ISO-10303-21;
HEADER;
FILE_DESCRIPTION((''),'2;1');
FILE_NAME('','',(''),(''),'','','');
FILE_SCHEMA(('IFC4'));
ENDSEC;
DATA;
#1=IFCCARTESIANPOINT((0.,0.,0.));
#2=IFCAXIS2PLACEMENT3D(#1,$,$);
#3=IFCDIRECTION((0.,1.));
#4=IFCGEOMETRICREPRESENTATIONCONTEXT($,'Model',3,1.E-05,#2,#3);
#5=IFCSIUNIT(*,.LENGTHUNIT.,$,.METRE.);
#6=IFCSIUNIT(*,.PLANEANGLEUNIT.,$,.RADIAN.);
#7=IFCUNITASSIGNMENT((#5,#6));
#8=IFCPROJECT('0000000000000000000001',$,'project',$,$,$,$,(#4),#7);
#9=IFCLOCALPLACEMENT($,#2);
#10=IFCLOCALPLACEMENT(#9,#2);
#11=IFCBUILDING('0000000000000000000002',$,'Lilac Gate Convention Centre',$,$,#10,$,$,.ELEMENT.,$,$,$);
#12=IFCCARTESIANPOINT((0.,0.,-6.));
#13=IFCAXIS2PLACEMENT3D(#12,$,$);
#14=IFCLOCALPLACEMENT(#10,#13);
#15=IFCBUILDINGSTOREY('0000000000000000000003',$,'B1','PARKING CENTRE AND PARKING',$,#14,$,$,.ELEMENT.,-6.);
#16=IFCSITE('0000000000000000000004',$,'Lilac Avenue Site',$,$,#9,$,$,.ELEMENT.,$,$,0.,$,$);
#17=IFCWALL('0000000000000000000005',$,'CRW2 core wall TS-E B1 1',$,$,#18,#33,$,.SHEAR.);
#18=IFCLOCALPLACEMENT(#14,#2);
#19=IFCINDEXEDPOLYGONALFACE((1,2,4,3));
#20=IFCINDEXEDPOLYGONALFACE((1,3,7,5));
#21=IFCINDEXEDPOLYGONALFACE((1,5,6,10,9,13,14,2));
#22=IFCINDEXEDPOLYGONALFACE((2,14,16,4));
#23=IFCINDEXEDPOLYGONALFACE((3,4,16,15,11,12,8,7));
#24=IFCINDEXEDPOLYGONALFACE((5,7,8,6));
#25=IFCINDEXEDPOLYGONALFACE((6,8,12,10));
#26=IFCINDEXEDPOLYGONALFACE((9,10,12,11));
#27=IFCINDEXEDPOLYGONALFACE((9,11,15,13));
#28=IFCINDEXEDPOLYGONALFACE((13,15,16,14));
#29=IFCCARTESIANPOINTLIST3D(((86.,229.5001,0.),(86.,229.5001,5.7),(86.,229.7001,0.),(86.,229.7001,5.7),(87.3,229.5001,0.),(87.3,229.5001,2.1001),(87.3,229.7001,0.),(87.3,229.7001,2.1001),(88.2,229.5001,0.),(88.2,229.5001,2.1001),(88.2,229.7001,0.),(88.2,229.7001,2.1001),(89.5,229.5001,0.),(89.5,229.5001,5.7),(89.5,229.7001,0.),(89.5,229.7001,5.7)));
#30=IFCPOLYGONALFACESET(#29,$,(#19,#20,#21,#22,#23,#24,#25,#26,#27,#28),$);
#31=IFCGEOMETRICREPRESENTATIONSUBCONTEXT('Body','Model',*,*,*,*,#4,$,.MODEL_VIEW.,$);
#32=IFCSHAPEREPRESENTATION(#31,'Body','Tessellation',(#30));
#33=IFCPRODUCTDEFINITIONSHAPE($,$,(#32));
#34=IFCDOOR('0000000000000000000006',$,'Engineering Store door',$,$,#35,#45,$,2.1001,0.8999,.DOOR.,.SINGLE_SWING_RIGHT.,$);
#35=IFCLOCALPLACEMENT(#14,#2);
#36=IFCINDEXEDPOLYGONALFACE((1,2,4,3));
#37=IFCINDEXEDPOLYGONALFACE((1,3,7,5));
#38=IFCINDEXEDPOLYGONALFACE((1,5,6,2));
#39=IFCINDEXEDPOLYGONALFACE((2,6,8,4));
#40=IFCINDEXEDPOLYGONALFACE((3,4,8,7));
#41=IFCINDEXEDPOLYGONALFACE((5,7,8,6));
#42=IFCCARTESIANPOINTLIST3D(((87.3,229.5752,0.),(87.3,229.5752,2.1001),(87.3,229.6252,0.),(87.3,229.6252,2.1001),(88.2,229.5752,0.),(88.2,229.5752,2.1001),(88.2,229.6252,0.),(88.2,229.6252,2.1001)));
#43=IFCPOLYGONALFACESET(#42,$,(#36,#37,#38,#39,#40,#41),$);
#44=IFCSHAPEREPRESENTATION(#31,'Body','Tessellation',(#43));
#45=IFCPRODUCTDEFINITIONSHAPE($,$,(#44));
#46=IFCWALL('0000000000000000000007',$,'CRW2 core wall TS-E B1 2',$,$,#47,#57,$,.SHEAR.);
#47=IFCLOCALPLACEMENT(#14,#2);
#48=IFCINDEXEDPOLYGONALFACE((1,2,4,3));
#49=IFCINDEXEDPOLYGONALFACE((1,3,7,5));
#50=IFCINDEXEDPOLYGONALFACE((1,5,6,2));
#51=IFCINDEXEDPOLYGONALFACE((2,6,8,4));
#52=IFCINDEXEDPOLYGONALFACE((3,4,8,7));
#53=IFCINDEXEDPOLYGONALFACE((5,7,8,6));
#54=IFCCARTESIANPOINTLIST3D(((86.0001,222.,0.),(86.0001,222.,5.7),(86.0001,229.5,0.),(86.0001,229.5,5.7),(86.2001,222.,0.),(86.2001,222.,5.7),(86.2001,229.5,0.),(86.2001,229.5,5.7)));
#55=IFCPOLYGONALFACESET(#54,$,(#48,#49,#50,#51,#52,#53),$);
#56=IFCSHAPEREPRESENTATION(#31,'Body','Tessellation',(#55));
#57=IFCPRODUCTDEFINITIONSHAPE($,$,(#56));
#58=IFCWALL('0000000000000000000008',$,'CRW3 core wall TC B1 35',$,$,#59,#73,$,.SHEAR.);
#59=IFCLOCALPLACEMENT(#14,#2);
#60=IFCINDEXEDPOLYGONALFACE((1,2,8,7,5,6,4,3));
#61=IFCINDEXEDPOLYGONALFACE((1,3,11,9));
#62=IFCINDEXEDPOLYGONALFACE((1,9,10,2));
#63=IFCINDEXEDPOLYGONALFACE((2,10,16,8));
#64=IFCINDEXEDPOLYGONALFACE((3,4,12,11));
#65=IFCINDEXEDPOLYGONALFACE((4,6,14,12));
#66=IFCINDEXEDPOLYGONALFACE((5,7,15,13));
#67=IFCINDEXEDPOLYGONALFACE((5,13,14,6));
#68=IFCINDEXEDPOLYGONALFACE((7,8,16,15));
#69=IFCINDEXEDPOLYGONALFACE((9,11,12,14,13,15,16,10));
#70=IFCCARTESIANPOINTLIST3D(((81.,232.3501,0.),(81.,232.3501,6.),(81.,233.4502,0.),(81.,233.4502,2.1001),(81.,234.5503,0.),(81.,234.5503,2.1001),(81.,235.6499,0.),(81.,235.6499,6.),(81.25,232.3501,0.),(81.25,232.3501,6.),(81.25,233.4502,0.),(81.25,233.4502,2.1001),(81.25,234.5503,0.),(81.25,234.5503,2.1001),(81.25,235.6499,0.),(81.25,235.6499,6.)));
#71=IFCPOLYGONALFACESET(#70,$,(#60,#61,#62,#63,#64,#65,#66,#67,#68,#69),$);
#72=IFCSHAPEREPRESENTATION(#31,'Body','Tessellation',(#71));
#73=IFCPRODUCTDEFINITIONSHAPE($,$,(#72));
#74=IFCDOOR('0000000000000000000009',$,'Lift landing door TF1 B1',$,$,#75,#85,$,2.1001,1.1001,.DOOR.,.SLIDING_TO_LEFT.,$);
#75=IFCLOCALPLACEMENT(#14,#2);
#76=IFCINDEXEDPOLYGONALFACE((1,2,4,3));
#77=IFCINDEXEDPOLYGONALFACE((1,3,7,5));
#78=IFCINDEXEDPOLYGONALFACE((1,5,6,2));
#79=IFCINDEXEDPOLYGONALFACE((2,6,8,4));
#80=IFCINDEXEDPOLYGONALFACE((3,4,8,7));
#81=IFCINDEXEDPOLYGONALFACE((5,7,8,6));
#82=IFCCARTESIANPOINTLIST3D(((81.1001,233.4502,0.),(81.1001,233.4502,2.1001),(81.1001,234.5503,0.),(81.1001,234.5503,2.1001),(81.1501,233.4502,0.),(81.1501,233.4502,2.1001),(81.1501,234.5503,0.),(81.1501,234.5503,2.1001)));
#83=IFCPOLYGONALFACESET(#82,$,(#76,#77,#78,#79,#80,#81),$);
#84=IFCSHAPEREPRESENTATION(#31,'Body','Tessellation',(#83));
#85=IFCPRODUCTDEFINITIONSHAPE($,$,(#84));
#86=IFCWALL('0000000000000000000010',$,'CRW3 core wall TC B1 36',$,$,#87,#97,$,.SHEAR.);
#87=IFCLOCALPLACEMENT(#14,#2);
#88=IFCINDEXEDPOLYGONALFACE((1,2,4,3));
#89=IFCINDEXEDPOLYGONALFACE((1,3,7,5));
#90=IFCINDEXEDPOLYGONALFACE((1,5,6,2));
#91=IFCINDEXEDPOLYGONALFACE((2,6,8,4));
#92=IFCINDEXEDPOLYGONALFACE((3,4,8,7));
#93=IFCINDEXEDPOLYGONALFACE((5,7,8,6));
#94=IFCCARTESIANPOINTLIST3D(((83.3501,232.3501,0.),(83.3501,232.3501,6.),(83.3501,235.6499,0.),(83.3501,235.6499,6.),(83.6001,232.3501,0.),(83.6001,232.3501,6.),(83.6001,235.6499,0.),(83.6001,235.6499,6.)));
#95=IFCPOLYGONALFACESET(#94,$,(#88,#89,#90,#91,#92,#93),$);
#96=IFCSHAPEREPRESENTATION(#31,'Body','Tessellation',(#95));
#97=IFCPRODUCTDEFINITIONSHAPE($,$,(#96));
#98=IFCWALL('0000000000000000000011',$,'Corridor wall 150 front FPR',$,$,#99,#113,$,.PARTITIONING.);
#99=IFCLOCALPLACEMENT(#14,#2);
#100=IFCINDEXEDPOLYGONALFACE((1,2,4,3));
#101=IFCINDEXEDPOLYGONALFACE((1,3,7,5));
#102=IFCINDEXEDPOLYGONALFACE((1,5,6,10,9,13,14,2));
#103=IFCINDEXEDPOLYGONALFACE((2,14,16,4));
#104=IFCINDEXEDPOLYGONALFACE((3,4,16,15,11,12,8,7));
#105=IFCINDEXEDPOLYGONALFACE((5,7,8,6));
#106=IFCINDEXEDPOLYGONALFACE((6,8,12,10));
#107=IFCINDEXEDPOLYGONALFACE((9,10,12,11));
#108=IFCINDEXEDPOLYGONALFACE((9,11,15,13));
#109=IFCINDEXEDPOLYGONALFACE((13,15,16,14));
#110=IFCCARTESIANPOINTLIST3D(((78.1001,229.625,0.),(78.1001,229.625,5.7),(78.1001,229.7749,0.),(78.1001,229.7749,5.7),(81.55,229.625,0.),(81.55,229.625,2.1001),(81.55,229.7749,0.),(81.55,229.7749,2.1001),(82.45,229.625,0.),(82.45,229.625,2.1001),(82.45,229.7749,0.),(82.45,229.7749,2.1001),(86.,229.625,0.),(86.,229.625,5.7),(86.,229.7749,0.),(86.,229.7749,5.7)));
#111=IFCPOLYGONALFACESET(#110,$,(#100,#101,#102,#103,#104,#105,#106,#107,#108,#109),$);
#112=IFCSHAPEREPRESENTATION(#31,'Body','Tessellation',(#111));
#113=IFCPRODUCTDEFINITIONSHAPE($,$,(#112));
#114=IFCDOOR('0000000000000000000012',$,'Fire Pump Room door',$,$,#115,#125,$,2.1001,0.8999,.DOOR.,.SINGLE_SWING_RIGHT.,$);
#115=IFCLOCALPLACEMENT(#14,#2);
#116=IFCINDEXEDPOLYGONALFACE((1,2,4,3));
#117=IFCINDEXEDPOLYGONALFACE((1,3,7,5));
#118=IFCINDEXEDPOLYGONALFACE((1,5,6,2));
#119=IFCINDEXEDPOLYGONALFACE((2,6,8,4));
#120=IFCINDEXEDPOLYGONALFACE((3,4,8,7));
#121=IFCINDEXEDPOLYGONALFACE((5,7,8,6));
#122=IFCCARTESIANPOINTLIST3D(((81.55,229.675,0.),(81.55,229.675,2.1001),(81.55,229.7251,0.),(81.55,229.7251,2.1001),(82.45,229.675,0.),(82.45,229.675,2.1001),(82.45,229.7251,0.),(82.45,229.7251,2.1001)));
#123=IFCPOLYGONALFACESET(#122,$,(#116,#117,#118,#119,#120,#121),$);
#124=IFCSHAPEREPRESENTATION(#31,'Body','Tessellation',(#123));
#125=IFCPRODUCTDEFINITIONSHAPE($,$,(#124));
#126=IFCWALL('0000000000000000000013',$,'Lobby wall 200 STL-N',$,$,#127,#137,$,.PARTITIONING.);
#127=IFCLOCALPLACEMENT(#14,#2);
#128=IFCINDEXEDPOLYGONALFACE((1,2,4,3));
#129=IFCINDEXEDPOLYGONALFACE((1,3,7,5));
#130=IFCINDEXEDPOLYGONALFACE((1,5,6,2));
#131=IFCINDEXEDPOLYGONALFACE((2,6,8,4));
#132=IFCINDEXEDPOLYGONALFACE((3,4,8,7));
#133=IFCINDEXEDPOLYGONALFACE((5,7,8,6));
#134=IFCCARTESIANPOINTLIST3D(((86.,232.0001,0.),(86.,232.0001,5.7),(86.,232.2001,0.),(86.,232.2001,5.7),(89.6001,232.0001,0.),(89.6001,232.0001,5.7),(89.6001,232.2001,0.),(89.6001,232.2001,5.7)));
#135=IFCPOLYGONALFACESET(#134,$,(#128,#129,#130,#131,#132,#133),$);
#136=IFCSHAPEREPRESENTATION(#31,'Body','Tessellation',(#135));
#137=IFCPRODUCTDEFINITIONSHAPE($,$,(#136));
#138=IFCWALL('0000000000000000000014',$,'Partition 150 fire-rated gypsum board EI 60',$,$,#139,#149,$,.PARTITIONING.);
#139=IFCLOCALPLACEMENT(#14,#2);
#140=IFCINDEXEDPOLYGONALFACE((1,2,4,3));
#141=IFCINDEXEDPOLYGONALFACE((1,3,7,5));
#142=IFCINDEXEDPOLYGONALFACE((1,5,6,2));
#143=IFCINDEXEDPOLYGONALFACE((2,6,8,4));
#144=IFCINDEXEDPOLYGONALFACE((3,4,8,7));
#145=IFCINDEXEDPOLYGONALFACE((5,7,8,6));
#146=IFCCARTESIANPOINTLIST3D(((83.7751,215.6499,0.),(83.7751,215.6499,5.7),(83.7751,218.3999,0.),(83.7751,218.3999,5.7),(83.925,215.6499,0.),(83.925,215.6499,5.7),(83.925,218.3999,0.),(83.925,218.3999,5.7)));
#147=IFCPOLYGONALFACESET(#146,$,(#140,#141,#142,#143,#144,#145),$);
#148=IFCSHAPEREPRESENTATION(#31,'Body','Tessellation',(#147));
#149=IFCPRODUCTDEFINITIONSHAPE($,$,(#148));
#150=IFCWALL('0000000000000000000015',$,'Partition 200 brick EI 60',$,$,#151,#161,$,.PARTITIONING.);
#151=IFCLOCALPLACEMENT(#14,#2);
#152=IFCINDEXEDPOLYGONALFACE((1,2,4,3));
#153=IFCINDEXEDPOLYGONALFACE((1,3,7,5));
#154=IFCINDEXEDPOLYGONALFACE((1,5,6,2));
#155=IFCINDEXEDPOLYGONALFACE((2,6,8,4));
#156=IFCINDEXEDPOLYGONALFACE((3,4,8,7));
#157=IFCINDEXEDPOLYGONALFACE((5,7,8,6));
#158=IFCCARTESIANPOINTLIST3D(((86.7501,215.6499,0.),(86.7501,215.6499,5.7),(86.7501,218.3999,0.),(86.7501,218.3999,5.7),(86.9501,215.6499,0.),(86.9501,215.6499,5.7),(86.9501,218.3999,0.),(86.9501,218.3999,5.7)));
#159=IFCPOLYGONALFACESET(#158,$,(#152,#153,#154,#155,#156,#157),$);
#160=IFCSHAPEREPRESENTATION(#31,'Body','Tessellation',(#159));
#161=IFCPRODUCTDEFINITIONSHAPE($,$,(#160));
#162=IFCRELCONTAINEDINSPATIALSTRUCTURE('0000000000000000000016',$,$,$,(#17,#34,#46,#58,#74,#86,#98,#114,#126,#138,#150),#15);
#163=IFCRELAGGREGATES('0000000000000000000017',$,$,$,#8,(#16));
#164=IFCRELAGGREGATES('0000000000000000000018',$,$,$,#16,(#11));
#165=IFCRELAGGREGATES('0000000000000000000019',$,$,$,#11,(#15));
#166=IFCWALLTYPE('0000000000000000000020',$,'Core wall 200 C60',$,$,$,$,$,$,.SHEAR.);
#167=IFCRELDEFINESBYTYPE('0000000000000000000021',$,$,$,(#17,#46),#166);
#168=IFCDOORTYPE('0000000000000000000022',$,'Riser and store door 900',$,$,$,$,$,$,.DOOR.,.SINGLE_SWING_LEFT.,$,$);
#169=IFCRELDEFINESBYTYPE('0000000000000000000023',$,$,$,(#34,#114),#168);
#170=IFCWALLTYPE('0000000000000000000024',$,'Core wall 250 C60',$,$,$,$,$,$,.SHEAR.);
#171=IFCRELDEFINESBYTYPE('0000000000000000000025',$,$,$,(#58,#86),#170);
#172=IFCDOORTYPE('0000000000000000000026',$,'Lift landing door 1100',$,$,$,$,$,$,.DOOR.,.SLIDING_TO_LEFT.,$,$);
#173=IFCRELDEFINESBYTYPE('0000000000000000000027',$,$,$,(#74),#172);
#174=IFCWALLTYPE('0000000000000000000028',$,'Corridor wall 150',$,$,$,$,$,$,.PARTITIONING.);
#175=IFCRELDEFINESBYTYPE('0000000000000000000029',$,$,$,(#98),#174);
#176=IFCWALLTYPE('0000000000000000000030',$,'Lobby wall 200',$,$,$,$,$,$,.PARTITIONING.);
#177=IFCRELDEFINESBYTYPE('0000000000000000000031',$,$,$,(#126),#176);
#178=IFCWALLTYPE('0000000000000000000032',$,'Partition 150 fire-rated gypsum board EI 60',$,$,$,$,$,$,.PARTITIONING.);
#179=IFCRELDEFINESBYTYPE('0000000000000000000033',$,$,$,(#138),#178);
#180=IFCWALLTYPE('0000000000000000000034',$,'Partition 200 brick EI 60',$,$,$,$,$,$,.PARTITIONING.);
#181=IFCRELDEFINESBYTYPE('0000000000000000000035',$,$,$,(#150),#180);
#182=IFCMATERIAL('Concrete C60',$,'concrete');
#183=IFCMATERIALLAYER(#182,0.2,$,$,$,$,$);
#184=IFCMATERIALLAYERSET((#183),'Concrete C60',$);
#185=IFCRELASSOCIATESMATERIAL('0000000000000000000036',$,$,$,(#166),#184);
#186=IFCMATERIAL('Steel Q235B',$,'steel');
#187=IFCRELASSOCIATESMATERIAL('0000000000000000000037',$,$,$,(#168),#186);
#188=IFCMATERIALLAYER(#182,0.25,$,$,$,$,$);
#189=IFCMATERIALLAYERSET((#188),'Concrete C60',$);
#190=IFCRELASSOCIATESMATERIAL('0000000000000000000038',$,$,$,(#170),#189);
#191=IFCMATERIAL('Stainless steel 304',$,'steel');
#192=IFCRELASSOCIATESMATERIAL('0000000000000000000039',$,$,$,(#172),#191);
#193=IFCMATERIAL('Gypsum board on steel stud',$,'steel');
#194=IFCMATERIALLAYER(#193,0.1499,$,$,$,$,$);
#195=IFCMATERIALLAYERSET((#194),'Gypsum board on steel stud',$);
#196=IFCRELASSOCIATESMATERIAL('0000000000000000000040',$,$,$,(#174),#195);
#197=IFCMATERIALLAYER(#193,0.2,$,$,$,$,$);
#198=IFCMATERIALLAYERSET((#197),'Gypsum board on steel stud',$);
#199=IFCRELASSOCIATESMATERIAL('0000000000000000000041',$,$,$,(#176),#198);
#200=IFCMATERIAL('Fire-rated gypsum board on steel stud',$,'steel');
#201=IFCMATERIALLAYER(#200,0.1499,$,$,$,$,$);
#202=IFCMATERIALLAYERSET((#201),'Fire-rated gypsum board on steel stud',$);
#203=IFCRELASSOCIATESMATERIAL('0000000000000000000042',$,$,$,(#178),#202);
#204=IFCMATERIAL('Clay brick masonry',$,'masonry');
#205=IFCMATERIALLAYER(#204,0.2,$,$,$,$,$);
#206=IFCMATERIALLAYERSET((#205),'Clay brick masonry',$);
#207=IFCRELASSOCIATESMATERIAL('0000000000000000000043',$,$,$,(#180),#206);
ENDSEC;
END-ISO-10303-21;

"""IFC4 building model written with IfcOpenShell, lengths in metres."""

from ifc_helpers import new_model, si_unit, direction, frame, frame_2d, origin, place, context, subcontext, project, spatial, rectangle, extrude, material, layer, layer_set, type_object, element, fill, save


model = new_model("IFC4")

# Units and contexts
model_context = context("Model", 3, precision=1e-05, world=origin(), true_north=direction((0.0, 1.0)))
body_context = subcontext(model_context, "Body", "Model", "MODEL_VIEW")
ifc_project = project(units=[si_unit("LENGTHUNIT", "METRE"), si_unit("PLANEANGLEUNIT", "RADIAN")], contexts=[model_context])

# Site, building, storey
site_placement = place(None, origin())
site = spatial("IfcSite", under=ifc_project, at=site_placement, Name="Lilac Avenue Site", CompositionType="ELEMENT", RefElevation=0.0)
building_placement = place(site_placement, origin())
building = spatial("IfcBuilding", under=site, at=building_placement, Name="Lilac Gate Convention Centre", CompositionType="ELEMENT")
storey_placement = place(building_placement, frame((0.0, 0.0, -6.0)))
storey = spatial("IfcBuildingStorey", under=building, at=storey_placement, Name="B1", Description="PARKING CENTRE AND PARKING", CompositionType="ELEMENT", Elevation=-6.0)

# Shared definitions
ifc_material_1 = material(Name="Concrete C60", Category="concrete")

# Wall, opening, door
ifc_layer_1 = layer(ifc_material_1, 0.2)
ifc_layer_set_1 = layer_set([ifc_layer_1], Name="Concrete C60")
wall_type_1 = type_object("IfcWallType", Name="Core wall 200 C60", PredefinedType="SHEAR", material=ifc_layer_set_1)
wall_1_placement = place(storey_placement, frame((89.5, 229.6001, 0.0), z_axis=(0.0, 0.0, 1.0), x_axis=(-1.0, 0.0, 0.0)))
wall_1 = element("IfcWall", 1, at=wall_1_placement, inside=storey, type_object=wall_type_1, Name="CRW2 core wall TS-E B1 1", PredefinedType="SHEAR", context=body_context, shape_type="SweptSolid", body=[
    extrude(rectangle(XDim=3.5, YDim=0.2, at=frame_2d((1.75, 0.0))), origin(), (0.0, 0.0, 1.0), 5.7),
])
opening_1_placement = place(wall_1_placement, frame((1.3, 0.0, 0.0)))
opening_1 = element("IfcOpeningElement", 2, at=opening_1_placement, cuts=wall_1, PredefinedType="OPENING", context=body_context, shape_type="SweptSolid", body=[
    extrude(rectangle(XDim=0.8999, YDim=2.1001, at=frame_2d((0.45, 1.05))), frame((0.0, 0.1099, 0.0), z_axis=(0.0, -1.0, 0.0), x_axis=(1.0, 0.0, 0.0)), (0.0, 0.0, 1.0), 0.22),
])
ifc_material_2 = material(Name="Steel Q235B", Category="steel")
door_type_1 = type_object("IfcDoorType", Name="Riser and store door 900", OperationType="SINGLE_SWING_LEFT", PredefinedType="DOOR", material=ifc_material_2)
door_1_placement = place(opening_1_placement, origin())
door_1 = element("IfcDoor", 3, at=door_1_placement, inside=storey, type_object=door_type_1, Name="Engineering Store door", OperationType="SINGLE_SWING_RIGHT", OverallHeight=2.1001, OverallWidth=0.8999, PredefinedType="DOOR", context=body_context, shape_type="SweptSolid", body=[
    extrude(rectangle(XDim=0.8999, YDim=2.1001, at=frame_2d((0.45, 1.05))), frame((0.0, 0.0249, 0.0), z_axis=(0.0, -1.0, 0.0), x_axis=(1.0, 0.0, 0.0)), (0.0, 0.0, 1.0), 0.05),
])
fill(opening_1, door_1)

# Wall
wall_2_placement = place(storey_placement, frame((86.1001, 222.0, 0.0), z_axis=(0.0, 0.0, 1.0), x_axis=(0.0, 1.0, 0.0)))
element("IfcWall", 4, at=wall_2_placement, inside=storey, type_object=wall_type_1, Name="CRW2 core wall TS-E B1 2", PredefinedType="SHEAR", context=body_context, shape_type="SweptSolid", body=[
    extrude(rectangle(XDim=7.5, YDim=0.2, at=frame_2d((3.75, 0.0))), origin(), (0.0, 0.0, 1.0), 5.7),
])

# Wall, opening, door
ifc_layer_2 = layer(ifc_material_1, 0.25)
ifc_layer_set_2 = layer_set([ifc_layer_2], Name="Concrete C60")
wall_type_2 = type_object("IfcWallType", Name="Core wall 250 C60", PredefinedType="SHEAR", material=ifc_layer_set_2)
wall_3_placement = place(storey_placement, frame((81.125, 232.3501, 0.0), z_axis=(0.0, 0.0, 1.0), x_axis=(0.0, 1.0, 0.0)))
wall_3 = element("IfcWall", 5, at=wall_3_placement, inside=storey, type_object=wall_type_2, Name="CRW3 core wall TC B1 35", PredefinedType="SHEAR", context=body_context, shape_type="SweptSolid", body=[
    extrude(rectangle(XDim=3.2998, YDim=0.25, at=frame_2d((1.6499, 0.0))), origin(), (0.0, 0.0, 1.0), 6.0),
])
opening_2_placement = place(wall_3_placement, frame((1.1001, 0.0, 0.0)))
opening_2 = element("IfcOpeningElement", 6, at=opening_2_placement, cuts=wall_3, PredefinedType="OPENING", context=body_context, shape_type="SweptSolid", body=[
    extrude(rectangle(XDim=1.1001, YDim=2.1001, at=frame_2d((0.55, 1.05))), frame((0.0, 0.135, 0.0), z_axis=(0.0, -1.0, 0.0), x_axis=(1.0, 0.0, 0.0)), (0.0, 0.0, 1.0), 0.27),
])
ifc_material_3 = material(Name="Stainless steel 304", Category="steel")
door_type_2 = type_object("IfcDoorType", Name="Lift landing door 1100", OperationType="SLIDING_TO_LEFT", PredefinedType="DOOR", material=ifc_material_3)
door_2_placement = place(opening_2_placement, origin())
door_2 = element("IfcDoor", 7, at=door_2_placement, inside=storey, type_object=door_type_2, Name="Lift landing door TF1 B1", OperationType="SLIDING_TO_LEFT", OverallHeight=2.1001, OverallWidth=1.1001, PredefinedType="DOOR", context=body_context, shape_type="SweptSolid", body=[
    extrude(rectangle(XDim=1.1001, YDim=2.1001, at=frame_2d((0.55, 1.05))), frame((0.0, 0.0249, 0.0), z_axis=(0.0, -1.0, 0.0), x_axis=(1.0, 0.0, 0.0)), (0.0, 0.0, 1.0), 0.05),
])
fill(opening_2, door_2)

# Wall
wall_4_placement = place(storey_placement, frame((83.4751, 232.3501, 0.0), z_axis=(0.0, 0.0, 1.0), x_axis=(0.0, 1.0, 0.0)))
element("IfcWall", 8, at=wall_4_placement, inside=storey, type_object=wall_type_2, Name="CRW3 core wall TC B1 36", PredefinedType="SHEAR", context=body_context, shape_type="SweptSolid", body=[
    extrude(rectangle(XDim=3.2998, YDim=0.25, at=frame_2d((1.6499, 0.0))), origin(), (0.0, 0.0, 1.0), 6.0),
])

# Wall, opening, door
ifc_material_4 = material(Name="Gypsum board on steel stud", Category="steel")
ifc_layer_3 = layer(ifc_material_4, 0.1499)
ifc_layer_set_3 = layer_set([ifc_layer_3], Name="Gypsum board on steel stud")
wall_type_3 = type_object("IfcWallType", Name="Corridor wall 150", PredefinedType="PARTITIONING", material=ifc_layer_set_3)
wall_5_placement = place(storey_placement, frame((86.0, 229.7, 0.0), z_axis=(0.0, 0.0, 1.0), x_axis=(-1.0, 0.0, 0.0)))
wall_5 = element("IfcWall", 9, at=wall_5_placement, inside=storey, type_object=wall_type_3, Name="Corridor wall 150 front FPR", PredefinedType="PARTITIONING", context=body_context, shape_type="SweptSolid", body=[
    extrude(rectangle(XDim=7.8999, YDim=0.1499, at=frame_2d((3.95, 0.0))), origin(), (0.0, 0.0, 1.0), 5.7),
])
opening_3_placement = place(wall_5_placement, frame((3.55, 0.0, 0.0)))
opening_3 = element("IfcOpeningElement", 10, at=opening_3_placement, cuts=wall_5, PredefinedType="OPENING", context=body_context, shape_type="SweptSolid", body=[
    extrude(rectangle(XDim=0.8999, YDim=2.1001, at=frame_2d((0.45, 1.05))), frame((0.0, 0.085, 0.0), z_axis=(0.0, -1.0, 0.0), x_axis=(1.0, 0.0, 0.0)), (0.0, 0.0, 1.0), 0.1699),
])
door_3_placement = place(opening_3_placement, origin())
door_3 = element("IfcDoor", 11, at=door_3_placement, inside=storey, type_object=door_type_1, Name="Fire Pump Room door", OperationType="SINGLE_SWING_RIGHT", OverallHeight=2.1001, OverallWidth=0.8999, PredefinedType="DOOR", context=body_context, shape_type="SweptSolid", body=[
    extrude(rectangle(XDim=0.8999, YDim=2.1001, at=frame_2d((0.45, 1.05))), frame((0.0, 0.0249, 0.0), z_axis=(0.0, -1.0, 0.0), x_axis=(1.0, 0.0, 0.0)), (0.0, 0.0, 1.0), 0.05),
])
fill(opening_3, door_3)

# Walls
ifc_layer_4 = layer(ifc_material_4, 0.2)
ifc_layer_set_4 = layer_set([ifc_layer_4], Name="Gypsum board on steel stud")
wall_type_4 = type_object("IfcWallType", Name="Lobby wall 200", PredefinedType="PARTITIONING", material=ifc_layer_set_4)
wall_6_placement = place(storey_placement, frame((86.0, 232.1001, 0.0), z_axis=(0.0, 0.0, 1.0), x_axis=(1.0, 0.0, 0.0)))
element("IfcWall", 12, at=wall_6_placement, inside=storey, type_object=wall_type_4, Name="Lobby wall 200 STL-N", PredefinedType="PARTITIONING", context=body_context, shape_type="SweptSolid", body=[
    extrude(rectangle(XDim=3.6001, YDim=0.2, at=frame_2d((1.8, 0.0))), origin(), (0.0, 0.0, 1.0), 5.7),
])
ifc_material_5 = material(Name="Fire-rated gypsum board on steel stud", Category="steel")
ifc_layer_5 = layer(ifc_material_5, 0.1499)
ifc_layer_set_5 = layer_set([ifc_layer_5], Name="Fire-rated gypsum board on steel stud")
wall_type_5 = type_object("IfcWallType", Name="Partition 150 fire-rated gypsum board EI 60", PredefinedType="PARTITIONING", material=ifc_layer_set_5)
wall_7_placement = place(storey_placement, frame((83.8501, 215.6499, 0.0), z_axis=(0.0, 0.0, 1.0), x_axis=(0.0, 1.0, 0.0)))
element("IfcWall", 13, at=wall_7_placement, inside=storey, type_object=wall_type_5, Name="Partition 150 fire-rated gypsum board EI 60", PredefinedType="PARTITIONING", context=body_context, shape_type="SweptSolid", body=[
    extrude(rectangle(XDim=2.75, YDim=0.1499, at=frame_2d((1.375, 0.0))), origin(), (0.0, 0.0, 1.0), 5.7),
])
ifc_material_6 = material(Name="Clay brick masonry", Category="masonry")
ifc_layer_6 = layer(ifc_material_6, 0.2)
ifc_layer_set_6 = layer_set([ifc_layer_6], Name="Clay brick masonry")
wall_type_6 = type_object("IfcWallType", Name="Partition 200 brick EI 60", PredefinedType="PARTITIONING", material=ifc_layer_set_6)
wall_8_placement = place(storey_placement, frame((86.8501, 215.6499, 0.0), z_axis=(0.0, 0.0, 1.0), x_axis=(0.0, 1.0, 0.0)))
element("IfcWall", 14, at=wall_8_placement, inside=storey, type_object=wall_type_6, Name="Partition 200 brick EI 60", PredefinedType="PARTITIONING", context=body_context, shape_type="SweptSolid", body=[
    extrude(rectangle(XDim=2.75, YDim=0.2, at=frame_2d((1.375, 0.0))), origin(), (0.0, 0.0, 1.0), 5.7),
])

save(model, "model.ifc")
